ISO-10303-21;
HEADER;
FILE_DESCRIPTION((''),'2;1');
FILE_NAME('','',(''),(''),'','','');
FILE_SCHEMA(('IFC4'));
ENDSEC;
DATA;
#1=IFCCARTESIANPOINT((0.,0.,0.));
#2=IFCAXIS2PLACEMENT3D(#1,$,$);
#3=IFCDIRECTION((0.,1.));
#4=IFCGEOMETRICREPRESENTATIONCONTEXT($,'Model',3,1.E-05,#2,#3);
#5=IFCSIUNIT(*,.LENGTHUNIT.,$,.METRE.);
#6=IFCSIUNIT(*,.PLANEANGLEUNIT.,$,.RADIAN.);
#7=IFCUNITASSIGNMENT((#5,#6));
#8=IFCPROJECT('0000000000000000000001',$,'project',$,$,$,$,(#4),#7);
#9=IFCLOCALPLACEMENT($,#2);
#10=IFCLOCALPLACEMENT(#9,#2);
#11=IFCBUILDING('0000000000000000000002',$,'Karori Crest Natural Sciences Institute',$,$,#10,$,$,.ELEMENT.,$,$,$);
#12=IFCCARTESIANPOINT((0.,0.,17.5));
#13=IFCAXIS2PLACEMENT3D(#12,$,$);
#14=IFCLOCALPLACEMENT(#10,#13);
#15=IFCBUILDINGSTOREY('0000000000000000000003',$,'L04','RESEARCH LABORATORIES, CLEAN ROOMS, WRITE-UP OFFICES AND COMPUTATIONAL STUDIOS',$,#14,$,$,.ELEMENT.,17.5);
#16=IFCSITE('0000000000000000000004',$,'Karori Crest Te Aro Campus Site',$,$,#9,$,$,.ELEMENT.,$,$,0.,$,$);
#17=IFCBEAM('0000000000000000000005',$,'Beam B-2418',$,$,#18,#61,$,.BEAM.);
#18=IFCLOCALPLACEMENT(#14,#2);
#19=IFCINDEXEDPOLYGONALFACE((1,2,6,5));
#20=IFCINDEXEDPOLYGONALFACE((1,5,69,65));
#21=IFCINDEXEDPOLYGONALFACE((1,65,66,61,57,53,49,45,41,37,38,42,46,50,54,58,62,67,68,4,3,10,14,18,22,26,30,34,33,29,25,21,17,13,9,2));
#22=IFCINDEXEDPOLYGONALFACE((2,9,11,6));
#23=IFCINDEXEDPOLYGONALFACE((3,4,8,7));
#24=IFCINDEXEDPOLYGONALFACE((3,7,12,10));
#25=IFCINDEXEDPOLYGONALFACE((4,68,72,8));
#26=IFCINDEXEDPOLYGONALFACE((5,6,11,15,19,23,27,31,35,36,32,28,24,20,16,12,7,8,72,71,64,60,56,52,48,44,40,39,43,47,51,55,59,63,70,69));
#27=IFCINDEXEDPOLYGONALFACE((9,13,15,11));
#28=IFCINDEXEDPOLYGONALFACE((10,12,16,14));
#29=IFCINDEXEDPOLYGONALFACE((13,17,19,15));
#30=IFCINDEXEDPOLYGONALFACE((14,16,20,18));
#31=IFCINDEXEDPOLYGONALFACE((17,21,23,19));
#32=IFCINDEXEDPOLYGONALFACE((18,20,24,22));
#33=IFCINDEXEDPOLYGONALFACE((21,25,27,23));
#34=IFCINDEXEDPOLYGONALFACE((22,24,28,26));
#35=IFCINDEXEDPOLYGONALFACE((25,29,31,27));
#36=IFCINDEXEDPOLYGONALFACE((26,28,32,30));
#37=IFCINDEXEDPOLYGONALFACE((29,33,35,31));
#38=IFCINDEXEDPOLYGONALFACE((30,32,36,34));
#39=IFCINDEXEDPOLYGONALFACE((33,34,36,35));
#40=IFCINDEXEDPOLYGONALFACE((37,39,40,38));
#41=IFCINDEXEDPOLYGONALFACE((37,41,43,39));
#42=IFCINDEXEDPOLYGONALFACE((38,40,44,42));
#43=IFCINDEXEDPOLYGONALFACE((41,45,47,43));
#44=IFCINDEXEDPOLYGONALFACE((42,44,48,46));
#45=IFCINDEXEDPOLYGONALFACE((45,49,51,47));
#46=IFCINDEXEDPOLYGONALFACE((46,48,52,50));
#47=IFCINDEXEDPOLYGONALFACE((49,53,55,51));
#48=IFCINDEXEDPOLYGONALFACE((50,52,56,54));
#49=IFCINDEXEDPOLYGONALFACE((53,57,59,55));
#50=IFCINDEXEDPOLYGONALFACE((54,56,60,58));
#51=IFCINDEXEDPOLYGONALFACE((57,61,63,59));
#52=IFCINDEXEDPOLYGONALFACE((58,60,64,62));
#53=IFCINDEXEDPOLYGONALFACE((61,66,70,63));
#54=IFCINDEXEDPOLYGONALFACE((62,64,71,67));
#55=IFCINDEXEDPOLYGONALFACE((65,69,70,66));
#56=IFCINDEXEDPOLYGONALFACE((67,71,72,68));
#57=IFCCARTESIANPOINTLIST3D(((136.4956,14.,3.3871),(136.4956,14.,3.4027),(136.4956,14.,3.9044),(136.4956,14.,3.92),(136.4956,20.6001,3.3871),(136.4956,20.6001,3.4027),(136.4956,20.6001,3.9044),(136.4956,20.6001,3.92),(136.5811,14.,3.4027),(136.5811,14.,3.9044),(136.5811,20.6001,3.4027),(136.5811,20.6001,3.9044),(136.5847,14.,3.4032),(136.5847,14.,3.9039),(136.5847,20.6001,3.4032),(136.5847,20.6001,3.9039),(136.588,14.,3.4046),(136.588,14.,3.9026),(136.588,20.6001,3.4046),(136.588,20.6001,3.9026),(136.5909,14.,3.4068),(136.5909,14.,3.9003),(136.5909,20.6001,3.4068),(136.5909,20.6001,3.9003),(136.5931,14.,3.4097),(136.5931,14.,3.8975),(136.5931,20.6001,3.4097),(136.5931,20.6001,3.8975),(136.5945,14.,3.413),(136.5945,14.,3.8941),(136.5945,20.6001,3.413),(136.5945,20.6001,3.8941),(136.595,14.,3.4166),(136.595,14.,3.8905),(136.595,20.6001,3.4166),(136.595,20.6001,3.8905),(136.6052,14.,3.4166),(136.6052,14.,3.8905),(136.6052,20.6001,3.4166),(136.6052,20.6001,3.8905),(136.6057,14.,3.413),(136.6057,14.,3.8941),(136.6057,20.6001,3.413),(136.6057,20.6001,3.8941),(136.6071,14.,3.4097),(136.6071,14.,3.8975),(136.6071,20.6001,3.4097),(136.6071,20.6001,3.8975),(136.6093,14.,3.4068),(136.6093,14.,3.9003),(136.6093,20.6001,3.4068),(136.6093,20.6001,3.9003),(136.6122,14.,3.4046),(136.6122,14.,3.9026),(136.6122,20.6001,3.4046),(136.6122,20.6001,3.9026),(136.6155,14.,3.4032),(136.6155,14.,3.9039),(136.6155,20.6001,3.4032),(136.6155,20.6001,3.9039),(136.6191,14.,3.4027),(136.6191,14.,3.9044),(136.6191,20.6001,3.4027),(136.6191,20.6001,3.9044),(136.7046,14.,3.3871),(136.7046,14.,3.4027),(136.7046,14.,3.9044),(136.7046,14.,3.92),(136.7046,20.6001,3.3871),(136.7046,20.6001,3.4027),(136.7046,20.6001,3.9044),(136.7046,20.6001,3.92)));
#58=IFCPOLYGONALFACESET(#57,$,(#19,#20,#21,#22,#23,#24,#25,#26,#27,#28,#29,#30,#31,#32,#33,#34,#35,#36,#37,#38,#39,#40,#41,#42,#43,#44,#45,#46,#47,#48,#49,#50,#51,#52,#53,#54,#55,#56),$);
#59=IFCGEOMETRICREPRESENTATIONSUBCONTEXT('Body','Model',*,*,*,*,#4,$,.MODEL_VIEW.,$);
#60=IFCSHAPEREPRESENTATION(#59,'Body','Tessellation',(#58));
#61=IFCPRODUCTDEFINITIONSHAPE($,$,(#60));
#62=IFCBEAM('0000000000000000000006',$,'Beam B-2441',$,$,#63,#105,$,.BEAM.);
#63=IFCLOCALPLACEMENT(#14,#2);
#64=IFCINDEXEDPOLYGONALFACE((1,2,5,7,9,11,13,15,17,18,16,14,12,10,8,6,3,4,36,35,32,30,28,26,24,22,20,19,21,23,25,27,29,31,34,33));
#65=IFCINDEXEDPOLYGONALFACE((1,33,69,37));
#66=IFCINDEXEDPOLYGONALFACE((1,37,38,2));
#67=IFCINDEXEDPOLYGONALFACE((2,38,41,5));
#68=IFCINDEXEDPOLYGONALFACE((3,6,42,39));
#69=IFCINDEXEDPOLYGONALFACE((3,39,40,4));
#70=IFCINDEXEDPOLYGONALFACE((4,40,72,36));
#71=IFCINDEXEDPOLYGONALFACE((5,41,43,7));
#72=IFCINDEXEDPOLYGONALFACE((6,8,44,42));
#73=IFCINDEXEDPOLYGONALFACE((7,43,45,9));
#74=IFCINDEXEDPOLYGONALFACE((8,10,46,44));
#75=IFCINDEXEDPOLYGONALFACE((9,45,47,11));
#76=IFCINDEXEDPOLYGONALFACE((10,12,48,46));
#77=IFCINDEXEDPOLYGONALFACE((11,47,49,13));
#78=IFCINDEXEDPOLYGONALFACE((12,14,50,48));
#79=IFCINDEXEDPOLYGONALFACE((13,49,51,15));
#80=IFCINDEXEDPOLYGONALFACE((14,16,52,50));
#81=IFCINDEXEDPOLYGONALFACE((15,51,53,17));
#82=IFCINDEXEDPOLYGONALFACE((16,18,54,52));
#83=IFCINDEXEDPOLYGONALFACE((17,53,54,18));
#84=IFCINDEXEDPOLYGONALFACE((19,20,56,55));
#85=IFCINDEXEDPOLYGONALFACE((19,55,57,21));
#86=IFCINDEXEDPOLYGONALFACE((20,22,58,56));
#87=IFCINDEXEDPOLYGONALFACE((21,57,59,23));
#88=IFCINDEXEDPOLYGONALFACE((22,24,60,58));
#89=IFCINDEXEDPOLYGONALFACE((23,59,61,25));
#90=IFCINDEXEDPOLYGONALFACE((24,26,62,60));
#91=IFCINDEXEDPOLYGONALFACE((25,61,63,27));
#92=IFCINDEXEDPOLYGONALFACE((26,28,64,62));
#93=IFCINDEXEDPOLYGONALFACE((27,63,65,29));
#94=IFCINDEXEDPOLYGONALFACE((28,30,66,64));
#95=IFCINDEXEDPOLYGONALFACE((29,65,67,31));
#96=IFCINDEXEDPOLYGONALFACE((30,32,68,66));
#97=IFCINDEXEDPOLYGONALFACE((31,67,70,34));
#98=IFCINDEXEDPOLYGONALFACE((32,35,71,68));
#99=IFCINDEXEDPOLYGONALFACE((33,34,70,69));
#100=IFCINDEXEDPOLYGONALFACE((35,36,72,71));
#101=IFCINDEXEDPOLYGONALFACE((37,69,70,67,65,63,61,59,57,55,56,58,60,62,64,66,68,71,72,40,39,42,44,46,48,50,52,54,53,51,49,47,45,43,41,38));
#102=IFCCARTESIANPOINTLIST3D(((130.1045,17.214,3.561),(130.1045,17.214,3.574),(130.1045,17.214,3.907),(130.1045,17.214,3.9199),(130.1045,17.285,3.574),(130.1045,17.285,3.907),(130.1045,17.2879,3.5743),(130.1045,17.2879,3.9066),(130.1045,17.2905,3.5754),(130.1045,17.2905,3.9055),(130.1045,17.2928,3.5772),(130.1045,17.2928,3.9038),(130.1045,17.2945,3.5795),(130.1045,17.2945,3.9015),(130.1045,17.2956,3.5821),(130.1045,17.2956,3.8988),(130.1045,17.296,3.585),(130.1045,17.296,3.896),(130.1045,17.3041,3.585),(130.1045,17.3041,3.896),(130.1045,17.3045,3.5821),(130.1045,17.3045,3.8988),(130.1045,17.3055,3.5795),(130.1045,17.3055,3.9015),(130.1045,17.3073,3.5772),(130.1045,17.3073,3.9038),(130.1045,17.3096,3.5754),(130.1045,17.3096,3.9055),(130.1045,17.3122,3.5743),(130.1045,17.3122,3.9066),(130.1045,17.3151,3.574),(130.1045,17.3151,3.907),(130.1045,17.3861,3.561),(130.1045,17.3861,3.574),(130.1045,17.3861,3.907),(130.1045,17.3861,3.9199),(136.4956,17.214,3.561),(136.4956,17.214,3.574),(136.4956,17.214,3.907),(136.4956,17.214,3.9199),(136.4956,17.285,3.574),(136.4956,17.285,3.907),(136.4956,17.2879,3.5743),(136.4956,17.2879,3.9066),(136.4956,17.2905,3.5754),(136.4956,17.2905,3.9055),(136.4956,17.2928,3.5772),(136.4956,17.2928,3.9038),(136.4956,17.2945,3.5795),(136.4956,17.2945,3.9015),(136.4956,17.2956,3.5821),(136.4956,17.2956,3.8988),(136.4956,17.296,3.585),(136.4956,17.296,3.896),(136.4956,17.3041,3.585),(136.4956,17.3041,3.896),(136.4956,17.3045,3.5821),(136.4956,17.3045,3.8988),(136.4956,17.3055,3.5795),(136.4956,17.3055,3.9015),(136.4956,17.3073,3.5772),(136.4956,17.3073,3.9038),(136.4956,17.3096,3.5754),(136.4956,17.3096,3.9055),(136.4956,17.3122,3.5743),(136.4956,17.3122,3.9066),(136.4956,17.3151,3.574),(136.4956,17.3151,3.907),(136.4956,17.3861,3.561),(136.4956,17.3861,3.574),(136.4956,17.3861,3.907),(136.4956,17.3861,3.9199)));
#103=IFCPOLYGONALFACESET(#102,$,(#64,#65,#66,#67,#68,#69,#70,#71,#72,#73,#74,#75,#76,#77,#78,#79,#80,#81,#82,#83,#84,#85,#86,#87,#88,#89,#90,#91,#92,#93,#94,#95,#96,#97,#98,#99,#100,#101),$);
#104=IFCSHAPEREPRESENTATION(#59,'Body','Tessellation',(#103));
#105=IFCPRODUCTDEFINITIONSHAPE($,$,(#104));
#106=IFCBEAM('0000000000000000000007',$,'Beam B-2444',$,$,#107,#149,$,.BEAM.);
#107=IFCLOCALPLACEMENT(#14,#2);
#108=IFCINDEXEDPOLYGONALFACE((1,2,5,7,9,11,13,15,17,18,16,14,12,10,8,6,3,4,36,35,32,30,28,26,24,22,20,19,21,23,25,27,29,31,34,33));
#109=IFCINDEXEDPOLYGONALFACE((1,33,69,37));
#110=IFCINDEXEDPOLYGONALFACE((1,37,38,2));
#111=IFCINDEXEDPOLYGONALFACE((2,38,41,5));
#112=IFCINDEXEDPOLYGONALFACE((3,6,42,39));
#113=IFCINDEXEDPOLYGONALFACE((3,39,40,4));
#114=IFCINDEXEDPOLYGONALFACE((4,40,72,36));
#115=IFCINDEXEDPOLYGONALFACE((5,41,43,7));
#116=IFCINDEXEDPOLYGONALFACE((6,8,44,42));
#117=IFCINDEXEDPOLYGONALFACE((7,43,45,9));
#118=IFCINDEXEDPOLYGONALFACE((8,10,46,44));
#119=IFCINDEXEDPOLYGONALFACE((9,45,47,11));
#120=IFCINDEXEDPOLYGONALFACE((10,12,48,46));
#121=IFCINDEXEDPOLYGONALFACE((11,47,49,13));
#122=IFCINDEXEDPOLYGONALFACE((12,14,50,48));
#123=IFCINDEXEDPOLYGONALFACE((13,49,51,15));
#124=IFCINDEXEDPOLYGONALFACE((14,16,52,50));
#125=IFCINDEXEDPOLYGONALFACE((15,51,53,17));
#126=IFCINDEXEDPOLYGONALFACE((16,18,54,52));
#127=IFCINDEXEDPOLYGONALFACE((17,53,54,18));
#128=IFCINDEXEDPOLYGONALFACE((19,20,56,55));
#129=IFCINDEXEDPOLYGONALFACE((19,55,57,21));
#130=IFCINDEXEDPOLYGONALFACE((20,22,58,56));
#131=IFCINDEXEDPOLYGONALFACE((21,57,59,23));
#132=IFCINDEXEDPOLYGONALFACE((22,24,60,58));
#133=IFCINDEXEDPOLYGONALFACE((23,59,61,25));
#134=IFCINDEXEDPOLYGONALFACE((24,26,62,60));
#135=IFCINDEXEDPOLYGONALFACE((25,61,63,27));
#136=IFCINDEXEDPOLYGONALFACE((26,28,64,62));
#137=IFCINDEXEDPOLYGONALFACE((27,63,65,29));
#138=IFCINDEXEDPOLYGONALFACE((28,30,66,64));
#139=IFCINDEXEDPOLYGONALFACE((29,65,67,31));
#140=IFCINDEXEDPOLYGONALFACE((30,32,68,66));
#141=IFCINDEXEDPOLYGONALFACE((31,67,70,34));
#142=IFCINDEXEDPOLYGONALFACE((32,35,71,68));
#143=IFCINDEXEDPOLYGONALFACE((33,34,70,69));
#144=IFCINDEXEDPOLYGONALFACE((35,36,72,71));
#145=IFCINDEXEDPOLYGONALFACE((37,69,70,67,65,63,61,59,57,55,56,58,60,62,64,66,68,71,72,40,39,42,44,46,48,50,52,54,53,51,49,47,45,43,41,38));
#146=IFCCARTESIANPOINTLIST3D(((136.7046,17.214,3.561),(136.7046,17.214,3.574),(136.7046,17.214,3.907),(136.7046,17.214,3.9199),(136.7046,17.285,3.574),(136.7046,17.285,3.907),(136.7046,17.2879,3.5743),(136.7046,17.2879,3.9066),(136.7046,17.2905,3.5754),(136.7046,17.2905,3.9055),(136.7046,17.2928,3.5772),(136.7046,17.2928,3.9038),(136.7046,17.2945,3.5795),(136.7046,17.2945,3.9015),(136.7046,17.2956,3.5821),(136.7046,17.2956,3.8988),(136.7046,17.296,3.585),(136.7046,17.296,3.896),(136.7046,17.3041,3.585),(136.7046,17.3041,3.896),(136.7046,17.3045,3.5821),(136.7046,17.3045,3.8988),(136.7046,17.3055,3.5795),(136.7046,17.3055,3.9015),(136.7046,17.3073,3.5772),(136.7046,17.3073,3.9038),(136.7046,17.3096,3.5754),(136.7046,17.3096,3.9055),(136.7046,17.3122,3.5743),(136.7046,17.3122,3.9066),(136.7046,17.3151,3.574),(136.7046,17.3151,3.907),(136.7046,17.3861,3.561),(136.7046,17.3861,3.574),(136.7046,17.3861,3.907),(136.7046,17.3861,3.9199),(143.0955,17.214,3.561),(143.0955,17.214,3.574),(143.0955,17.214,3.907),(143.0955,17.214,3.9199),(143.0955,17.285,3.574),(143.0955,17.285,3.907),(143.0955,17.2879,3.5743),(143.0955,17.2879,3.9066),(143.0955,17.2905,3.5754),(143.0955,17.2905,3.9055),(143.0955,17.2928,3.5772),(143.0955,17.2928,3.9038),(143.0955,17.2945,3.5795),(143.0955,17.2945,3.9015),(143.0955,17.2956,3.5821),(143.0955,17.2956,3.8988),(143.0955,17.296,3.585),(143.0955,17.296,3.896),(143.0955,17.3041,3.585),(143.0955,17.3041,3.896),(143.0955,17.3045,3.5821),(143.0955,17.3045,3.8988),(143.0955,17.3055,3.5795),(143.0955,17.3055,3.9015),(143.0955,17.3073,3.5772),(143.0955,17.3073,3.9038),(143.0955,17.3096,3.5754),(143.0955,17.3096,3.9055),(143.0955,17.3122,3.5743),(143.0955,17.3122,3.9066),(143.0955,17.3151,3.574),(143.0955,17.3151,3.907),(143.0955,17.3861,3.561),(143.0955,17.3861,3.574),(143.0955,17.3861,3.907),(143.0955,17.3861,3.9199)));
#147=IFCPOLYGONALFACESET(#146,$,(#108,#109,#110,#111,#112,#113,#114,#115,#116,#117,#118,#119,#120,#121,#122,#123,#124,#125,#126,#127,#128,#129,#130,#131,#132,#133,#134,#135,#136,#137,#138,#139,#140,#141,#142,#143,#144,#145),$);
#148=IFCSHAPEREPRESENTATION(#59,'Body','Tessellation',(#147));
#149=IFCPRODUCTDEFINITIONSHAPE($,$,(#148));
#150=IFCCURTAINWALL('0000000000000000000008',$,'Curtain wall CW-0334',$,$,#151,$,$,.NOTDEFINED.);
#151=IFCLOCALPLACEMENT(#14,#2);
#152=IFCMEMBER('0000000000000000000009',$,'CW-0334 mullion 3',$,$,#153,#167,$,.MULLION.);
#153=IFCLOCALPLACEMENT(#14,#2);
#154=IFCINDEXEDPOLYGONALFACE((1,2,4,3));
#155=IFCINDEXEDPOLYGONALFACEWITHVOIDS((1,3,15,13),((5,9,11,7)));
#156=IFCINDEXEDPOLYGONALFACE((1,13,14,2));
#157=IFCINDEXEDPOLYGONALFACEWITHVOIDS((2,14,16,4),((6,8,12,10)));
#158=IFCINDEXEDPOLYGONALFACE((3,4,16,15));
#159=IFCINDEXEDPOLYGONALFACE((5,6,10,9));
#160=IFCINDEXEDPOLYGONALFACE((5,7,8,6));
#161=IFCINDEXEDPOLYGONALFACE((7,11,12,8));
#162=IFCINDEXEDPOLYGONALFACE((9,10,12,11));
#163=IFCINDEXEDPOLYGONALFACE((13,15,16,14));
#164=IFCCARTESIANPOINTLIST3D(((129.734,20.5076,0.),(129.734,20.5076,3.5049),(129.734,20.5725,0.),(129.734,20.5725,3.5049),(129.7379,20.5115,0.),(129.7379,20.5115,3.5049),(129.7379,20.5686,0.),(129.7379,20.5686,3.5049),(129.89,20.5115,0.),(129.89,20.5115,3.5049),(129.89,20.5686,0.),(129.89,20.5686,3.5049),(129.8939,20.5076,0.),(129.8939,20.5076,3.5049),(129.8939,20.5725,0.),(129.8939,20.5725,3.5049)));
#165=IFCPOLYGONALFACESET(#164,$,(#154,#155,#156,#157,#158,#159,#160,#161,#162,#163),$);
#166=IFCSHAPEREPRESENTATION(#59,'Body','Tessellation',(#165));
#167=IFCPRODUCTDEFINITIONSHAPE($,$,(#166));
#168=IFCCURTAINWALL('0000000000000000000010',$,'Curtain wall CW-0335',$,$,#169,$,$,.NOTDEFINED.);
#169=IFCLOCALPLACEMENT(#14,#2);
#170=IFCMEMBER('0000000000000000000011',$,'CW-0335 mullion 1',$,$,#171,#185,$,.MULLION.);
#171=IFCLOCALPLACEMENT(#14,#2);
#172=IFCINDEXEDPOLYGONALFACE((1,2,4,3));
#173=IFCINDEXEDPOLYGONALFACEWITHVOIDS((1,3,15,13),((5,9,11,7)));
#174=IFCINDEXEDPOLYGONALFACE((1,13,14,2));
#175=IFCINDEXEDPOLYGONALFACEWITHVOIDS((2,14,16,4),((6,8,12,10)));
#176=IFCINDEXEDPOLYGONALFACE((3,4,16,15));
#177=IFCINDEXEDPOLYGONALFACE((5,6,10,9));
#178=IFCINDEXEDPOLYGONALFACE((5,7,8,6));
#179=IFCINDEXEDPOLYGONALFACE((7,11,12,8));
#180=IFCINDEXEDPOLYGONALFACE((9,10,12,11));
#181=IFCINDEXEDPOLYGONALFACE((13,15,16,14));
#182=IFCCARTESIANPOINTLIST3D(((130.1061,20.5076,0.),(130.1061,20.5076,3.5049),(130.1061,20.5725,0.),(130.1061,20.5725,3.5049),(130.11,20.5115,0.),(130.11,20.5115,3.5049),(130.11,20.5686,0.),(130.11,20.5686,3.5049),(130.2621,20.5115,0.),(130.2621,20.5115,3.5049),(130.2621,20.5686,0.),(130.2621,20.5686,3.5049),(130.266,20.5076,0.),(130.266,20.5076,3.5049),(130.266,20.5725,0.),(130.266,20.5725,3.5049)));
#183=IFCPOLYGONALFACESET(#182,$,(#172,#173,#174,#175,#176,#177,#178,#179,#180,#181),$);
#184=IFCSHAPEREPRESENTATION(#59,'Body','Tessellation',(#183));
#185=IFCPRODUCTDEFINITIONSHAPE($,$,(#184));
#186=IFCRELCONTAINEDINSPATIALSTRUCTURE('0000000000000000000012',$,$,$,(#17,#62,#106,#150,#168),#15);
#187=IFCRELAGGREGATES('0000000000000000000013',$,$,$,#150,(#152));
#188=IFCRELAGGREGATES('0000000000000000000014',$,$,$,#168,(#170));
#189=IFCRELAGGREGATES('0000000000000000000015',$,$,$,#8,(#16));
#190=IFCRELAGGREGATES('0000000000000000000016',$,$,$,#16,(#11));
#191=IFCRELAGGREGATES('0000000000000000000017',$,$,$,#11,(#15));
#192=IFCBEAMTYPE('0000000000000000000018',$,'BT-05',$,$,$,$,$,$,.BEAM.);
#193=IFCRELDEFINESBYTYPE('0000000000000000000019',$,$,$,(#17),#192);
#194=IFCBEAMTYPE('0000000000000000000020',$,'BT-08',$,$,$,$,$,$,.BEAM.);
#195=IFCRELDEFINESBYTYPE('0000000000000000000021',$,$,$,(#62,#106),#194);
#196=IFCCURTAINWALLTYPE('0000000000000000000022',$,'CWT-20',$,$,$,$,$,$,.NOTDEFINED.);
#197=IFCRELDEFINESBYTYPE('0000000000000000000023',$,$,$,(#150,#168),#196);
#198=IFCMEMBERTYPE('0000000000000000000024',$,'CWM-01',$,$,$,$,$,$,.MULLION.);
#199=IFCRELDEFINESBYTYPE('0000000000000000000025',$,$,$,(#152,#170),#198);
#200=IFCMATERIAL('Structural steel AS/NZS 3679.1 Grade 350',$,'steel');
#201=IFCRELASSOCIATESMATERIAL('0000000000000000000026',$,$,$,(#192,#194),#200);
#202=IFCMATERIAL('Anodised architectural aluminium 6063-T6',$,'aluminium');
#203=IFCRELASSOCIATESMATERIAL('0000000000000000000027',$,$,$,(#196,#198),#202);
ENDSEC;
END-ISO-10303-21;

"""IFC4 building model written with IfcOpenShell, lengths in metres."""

from ifc_helpers import new_model, si_unit, direction, frame, origin, origin_2d, place, context, subcontext, project, spatial, hollow_rectangle, i_section, extrude, material, material_profile, profile_set, type_object, element, aggregate, save


model = new_model("IFC4")

# Units and contexts
model_context = context("Model", 3, precision=1e-05, world=origin(), true_north=direction((0.0, 1.0)))
body_context = subcontext(model_context, "Body", "Model", "MODEL_VIEW")
ifc_project = project(units=[si_unit("LENGTHUNIT", "METRE"), si_unit("PLANEANGLEUNIT", "RADIAN")], contexts=[model_context])

# Site, building, storey
site_placement = place(None, origin())
site = spatial("IfcSite", under=ifc_project, at=site_placement, Name="Karori Crest Te Aro Campus Site", CompositionType="ELEMENT", RefElevation=0.0)
building_placement = place(site_placement, origin())
building = spatial("IfcBuilding", under=site, at=building_placement, Name="Karori Crest Natural Sciences Institute", CompositionType="ELEMENT")
storey_placement = place(building_placement, frame((0.0, 0.0, 17.5)))
storey = spatial("IfcBuildingStorey", under=building, at=storey_placement, Name="L04", Description="RESEARCH LABORATORIES, CLEAN ROOMS, WRITE-UP OFFICES AND COMPUTATIONAL STUDIOS", CompositionType="ELEMENT", Elevation=17.5)

# Shared definitions
ifc_material_1 = material(Name="Structural steel AS/NZS 3679.1 Grade 350", Category="steel")

# Beams
ifc_material_profile_1 = material_profile(ifc_material_1, i_section(OverallWidth=0.209, OverallDepth=0.533, WebThickness=0.0103, FlangeThickness=0.0156, FilletRadius=0.0139, at=origin_2d()), Name="530UB92.4")
ifc_profile_set_1 = profile_set([ifc_material_profile_1], Name="Structural steel AS/NZS 3679.1 Grade 350")
beam_type_1 = type_object("IfcBeamType", Name="BT-05", PredefinedType="BEAM", material=ifc_profile_set_1)
for number, where, z_axis, x_axis, name in (
    (1, (136.6001, 14.0, 3.6536), (0.0, 1.0, 0.0), (-1.0, 0.0, 0.0), "Beam B-2418"),
):
    element("IfcBeam", number, at=place(storey_placement, frame(where, z_axis=z_axis, x_axis=x_axis)), inside=storey, type_object=beam_type_1, Name=name, PredefinedType="BEAM", context=body_context, shape_type="SweptSolid", body=[
        extrude(i_section(OverallWidth=0.209, OverallDepth=0.533, WebThickness=0.0103, FlangeThickness=0.0156, FilletRadius=0.0139, at=origin_2d()), origin(), (0.0, 0.0, 1.0), 6.6001),
    ])
ifc_material_profile_2 = material_profile(ifc_material_1, i_section(OverallWidth=0.1721, OverallDepth=0.3589, WebThickness=0.0081, FlangeThickness=0.0129, FilletRadius=0.011, at=origin_2d()), Name="360UB56.7")
ifc_profile_set_2 = profile_set([ifc_material_profile_2], Name="Structural steel AS/NZS 3679.1 Grade 350")
beam_type_2 = type_object("IfcBeamType", Name="BT-08", PredefinedType="BEAM", material=ifc_profile_set_2)
beam_1_placement = place(storey_placement, frame((130.1045, 17.3, 3.7405), z_axis=(1.0, 0.0, 0.0), x_axis=(0.0, 1.0, 0.0)))
element("IfcBeam", 2, at=beam_1_placement, inside=storey, type_object=beam_type_2, Name="Beam B-2441", PredefinedType="BEAM", context=body_context, shape_type="SweptSolid", body=[
    extrude(i_section(OverallWidth=0.1721, OverallDepth=0.3589, WebThickness=0.0081, FlangeThickness=0.0129, FilletRadius=0.011, at=origin_2d()), origin(), (0.0, 0.0, 1.0), 6.3911),
])
beam_2_placement = place(storey_placement, frame((136.7046, 17.3, 3.7405), z_axis=(1.0, 0.0, 0.0), x_axis=(0.0, 1.0, 0.0)))
element("IfcBeam", 3, at=beam_2_placement, inside=storey, type_object=beam_type_2, Name="Beam B-2444", PredefinedType="BEAM", context=body_context, shape_type="SweptSolid", body=[
    extrude(i_section(OverallWidth=0.1721, OverallDepth=0.3589, WebThickness=0.0081, FlangeThickness=0.0129, FilletRadius=0.011, at=origin_2d()), origin(), (0.0, 0.0, 1.0), 6.3909),
])

# Curtain wall, member
ifc_material_2 = material(Name="Anodised architectural aluminium 6063-T6", Category="aluminium")
curtain_wall_type = type_object("IfcCurtainWallType", Name="CWT-20", PredefinedType="NOTDEFINED", material=ifc_material_2)
curtain_wall_1_placement = place(storey_placement, origin())
curtain_wall_1 = element("IfcCurtainWall", 4, at=curtain_wall_1_placement, inside=storey, type_object=curtain_wall_type, Name="Curtain wall CW-0334", PredefinedType="NOTDEFINED")
ifc_material_profile_3 = material_profile(ifc_material_2, hollow_rectangle(XDim=0.0649, YDim=0.1599, WallThickness=0.0039, at=origin_2d()), Name="CWM160x65x4")
ifc_profile_set_3 = profile_set([ifc_material_profile_3], Name="Anodised architectural aluminium 6063-T6")
member_type_1 = type_object("IfcMemberType", Name="CWM-01", PredefinedType="MULLION", material=ifc_profile_set_3)
member_1_placement = place(storey_placement, frame((129.814, 20.54, 0.0), z_axis=(0.0, 0.0, 1.0), x_axis=(0.0, 1.0, 0.0)))
member_1 = element("IfcMember", 5, at=member_1_placement, type_object=member_type_1, Name="CW-0334 mullion 3", PredefinedType="MULLION", context=body_context, shape_type="SweptSolid", body=[
    extrude(hollow_rectangle(XDim=0.0649, YDim=0.1599, WallThickness=0.0039, at=origin_2d()), origin(), (0.0, 0.0, 1.0), 3.5049),
])

# Curtain wall, member
curtain_wall_2_placement = place(storey_placement, origin())
curtain_wall_2 = element("IfcCurtainWall", 6, at=curtain_wall_2_placement, inside=storey, type_object=curtain_wall_type, Name="Curtain wall CW-0335", PredefinedType="NOTDEFINED")
member_2_placement = place(storey_placement, frame((130.186, 20.54, 0.0), z_axis=(0.0, 0.0, 1.0), x_axis=(0.0, 1.0, 0.0)))
member_2 = element("IfcMember", 7, at=member_2_placement, type_object=member_type_1, Name="CW-0335 mullion 1", PredefinedType="MULLION", context=body_context, shape_type="SweptSolid", body=[
    extrude(hollow_rectangle(XDim=0.0649, YDim=0.1599, WallThickness=0.0039, at=origin_2d()), origin(), (0.0, 0.0, 1.0), 3.5049),
])

aggregate(curtain_wall_1, [member_1])
aggregate(curtain_wall_2, [member_2])

save(model, "model.ifc")
